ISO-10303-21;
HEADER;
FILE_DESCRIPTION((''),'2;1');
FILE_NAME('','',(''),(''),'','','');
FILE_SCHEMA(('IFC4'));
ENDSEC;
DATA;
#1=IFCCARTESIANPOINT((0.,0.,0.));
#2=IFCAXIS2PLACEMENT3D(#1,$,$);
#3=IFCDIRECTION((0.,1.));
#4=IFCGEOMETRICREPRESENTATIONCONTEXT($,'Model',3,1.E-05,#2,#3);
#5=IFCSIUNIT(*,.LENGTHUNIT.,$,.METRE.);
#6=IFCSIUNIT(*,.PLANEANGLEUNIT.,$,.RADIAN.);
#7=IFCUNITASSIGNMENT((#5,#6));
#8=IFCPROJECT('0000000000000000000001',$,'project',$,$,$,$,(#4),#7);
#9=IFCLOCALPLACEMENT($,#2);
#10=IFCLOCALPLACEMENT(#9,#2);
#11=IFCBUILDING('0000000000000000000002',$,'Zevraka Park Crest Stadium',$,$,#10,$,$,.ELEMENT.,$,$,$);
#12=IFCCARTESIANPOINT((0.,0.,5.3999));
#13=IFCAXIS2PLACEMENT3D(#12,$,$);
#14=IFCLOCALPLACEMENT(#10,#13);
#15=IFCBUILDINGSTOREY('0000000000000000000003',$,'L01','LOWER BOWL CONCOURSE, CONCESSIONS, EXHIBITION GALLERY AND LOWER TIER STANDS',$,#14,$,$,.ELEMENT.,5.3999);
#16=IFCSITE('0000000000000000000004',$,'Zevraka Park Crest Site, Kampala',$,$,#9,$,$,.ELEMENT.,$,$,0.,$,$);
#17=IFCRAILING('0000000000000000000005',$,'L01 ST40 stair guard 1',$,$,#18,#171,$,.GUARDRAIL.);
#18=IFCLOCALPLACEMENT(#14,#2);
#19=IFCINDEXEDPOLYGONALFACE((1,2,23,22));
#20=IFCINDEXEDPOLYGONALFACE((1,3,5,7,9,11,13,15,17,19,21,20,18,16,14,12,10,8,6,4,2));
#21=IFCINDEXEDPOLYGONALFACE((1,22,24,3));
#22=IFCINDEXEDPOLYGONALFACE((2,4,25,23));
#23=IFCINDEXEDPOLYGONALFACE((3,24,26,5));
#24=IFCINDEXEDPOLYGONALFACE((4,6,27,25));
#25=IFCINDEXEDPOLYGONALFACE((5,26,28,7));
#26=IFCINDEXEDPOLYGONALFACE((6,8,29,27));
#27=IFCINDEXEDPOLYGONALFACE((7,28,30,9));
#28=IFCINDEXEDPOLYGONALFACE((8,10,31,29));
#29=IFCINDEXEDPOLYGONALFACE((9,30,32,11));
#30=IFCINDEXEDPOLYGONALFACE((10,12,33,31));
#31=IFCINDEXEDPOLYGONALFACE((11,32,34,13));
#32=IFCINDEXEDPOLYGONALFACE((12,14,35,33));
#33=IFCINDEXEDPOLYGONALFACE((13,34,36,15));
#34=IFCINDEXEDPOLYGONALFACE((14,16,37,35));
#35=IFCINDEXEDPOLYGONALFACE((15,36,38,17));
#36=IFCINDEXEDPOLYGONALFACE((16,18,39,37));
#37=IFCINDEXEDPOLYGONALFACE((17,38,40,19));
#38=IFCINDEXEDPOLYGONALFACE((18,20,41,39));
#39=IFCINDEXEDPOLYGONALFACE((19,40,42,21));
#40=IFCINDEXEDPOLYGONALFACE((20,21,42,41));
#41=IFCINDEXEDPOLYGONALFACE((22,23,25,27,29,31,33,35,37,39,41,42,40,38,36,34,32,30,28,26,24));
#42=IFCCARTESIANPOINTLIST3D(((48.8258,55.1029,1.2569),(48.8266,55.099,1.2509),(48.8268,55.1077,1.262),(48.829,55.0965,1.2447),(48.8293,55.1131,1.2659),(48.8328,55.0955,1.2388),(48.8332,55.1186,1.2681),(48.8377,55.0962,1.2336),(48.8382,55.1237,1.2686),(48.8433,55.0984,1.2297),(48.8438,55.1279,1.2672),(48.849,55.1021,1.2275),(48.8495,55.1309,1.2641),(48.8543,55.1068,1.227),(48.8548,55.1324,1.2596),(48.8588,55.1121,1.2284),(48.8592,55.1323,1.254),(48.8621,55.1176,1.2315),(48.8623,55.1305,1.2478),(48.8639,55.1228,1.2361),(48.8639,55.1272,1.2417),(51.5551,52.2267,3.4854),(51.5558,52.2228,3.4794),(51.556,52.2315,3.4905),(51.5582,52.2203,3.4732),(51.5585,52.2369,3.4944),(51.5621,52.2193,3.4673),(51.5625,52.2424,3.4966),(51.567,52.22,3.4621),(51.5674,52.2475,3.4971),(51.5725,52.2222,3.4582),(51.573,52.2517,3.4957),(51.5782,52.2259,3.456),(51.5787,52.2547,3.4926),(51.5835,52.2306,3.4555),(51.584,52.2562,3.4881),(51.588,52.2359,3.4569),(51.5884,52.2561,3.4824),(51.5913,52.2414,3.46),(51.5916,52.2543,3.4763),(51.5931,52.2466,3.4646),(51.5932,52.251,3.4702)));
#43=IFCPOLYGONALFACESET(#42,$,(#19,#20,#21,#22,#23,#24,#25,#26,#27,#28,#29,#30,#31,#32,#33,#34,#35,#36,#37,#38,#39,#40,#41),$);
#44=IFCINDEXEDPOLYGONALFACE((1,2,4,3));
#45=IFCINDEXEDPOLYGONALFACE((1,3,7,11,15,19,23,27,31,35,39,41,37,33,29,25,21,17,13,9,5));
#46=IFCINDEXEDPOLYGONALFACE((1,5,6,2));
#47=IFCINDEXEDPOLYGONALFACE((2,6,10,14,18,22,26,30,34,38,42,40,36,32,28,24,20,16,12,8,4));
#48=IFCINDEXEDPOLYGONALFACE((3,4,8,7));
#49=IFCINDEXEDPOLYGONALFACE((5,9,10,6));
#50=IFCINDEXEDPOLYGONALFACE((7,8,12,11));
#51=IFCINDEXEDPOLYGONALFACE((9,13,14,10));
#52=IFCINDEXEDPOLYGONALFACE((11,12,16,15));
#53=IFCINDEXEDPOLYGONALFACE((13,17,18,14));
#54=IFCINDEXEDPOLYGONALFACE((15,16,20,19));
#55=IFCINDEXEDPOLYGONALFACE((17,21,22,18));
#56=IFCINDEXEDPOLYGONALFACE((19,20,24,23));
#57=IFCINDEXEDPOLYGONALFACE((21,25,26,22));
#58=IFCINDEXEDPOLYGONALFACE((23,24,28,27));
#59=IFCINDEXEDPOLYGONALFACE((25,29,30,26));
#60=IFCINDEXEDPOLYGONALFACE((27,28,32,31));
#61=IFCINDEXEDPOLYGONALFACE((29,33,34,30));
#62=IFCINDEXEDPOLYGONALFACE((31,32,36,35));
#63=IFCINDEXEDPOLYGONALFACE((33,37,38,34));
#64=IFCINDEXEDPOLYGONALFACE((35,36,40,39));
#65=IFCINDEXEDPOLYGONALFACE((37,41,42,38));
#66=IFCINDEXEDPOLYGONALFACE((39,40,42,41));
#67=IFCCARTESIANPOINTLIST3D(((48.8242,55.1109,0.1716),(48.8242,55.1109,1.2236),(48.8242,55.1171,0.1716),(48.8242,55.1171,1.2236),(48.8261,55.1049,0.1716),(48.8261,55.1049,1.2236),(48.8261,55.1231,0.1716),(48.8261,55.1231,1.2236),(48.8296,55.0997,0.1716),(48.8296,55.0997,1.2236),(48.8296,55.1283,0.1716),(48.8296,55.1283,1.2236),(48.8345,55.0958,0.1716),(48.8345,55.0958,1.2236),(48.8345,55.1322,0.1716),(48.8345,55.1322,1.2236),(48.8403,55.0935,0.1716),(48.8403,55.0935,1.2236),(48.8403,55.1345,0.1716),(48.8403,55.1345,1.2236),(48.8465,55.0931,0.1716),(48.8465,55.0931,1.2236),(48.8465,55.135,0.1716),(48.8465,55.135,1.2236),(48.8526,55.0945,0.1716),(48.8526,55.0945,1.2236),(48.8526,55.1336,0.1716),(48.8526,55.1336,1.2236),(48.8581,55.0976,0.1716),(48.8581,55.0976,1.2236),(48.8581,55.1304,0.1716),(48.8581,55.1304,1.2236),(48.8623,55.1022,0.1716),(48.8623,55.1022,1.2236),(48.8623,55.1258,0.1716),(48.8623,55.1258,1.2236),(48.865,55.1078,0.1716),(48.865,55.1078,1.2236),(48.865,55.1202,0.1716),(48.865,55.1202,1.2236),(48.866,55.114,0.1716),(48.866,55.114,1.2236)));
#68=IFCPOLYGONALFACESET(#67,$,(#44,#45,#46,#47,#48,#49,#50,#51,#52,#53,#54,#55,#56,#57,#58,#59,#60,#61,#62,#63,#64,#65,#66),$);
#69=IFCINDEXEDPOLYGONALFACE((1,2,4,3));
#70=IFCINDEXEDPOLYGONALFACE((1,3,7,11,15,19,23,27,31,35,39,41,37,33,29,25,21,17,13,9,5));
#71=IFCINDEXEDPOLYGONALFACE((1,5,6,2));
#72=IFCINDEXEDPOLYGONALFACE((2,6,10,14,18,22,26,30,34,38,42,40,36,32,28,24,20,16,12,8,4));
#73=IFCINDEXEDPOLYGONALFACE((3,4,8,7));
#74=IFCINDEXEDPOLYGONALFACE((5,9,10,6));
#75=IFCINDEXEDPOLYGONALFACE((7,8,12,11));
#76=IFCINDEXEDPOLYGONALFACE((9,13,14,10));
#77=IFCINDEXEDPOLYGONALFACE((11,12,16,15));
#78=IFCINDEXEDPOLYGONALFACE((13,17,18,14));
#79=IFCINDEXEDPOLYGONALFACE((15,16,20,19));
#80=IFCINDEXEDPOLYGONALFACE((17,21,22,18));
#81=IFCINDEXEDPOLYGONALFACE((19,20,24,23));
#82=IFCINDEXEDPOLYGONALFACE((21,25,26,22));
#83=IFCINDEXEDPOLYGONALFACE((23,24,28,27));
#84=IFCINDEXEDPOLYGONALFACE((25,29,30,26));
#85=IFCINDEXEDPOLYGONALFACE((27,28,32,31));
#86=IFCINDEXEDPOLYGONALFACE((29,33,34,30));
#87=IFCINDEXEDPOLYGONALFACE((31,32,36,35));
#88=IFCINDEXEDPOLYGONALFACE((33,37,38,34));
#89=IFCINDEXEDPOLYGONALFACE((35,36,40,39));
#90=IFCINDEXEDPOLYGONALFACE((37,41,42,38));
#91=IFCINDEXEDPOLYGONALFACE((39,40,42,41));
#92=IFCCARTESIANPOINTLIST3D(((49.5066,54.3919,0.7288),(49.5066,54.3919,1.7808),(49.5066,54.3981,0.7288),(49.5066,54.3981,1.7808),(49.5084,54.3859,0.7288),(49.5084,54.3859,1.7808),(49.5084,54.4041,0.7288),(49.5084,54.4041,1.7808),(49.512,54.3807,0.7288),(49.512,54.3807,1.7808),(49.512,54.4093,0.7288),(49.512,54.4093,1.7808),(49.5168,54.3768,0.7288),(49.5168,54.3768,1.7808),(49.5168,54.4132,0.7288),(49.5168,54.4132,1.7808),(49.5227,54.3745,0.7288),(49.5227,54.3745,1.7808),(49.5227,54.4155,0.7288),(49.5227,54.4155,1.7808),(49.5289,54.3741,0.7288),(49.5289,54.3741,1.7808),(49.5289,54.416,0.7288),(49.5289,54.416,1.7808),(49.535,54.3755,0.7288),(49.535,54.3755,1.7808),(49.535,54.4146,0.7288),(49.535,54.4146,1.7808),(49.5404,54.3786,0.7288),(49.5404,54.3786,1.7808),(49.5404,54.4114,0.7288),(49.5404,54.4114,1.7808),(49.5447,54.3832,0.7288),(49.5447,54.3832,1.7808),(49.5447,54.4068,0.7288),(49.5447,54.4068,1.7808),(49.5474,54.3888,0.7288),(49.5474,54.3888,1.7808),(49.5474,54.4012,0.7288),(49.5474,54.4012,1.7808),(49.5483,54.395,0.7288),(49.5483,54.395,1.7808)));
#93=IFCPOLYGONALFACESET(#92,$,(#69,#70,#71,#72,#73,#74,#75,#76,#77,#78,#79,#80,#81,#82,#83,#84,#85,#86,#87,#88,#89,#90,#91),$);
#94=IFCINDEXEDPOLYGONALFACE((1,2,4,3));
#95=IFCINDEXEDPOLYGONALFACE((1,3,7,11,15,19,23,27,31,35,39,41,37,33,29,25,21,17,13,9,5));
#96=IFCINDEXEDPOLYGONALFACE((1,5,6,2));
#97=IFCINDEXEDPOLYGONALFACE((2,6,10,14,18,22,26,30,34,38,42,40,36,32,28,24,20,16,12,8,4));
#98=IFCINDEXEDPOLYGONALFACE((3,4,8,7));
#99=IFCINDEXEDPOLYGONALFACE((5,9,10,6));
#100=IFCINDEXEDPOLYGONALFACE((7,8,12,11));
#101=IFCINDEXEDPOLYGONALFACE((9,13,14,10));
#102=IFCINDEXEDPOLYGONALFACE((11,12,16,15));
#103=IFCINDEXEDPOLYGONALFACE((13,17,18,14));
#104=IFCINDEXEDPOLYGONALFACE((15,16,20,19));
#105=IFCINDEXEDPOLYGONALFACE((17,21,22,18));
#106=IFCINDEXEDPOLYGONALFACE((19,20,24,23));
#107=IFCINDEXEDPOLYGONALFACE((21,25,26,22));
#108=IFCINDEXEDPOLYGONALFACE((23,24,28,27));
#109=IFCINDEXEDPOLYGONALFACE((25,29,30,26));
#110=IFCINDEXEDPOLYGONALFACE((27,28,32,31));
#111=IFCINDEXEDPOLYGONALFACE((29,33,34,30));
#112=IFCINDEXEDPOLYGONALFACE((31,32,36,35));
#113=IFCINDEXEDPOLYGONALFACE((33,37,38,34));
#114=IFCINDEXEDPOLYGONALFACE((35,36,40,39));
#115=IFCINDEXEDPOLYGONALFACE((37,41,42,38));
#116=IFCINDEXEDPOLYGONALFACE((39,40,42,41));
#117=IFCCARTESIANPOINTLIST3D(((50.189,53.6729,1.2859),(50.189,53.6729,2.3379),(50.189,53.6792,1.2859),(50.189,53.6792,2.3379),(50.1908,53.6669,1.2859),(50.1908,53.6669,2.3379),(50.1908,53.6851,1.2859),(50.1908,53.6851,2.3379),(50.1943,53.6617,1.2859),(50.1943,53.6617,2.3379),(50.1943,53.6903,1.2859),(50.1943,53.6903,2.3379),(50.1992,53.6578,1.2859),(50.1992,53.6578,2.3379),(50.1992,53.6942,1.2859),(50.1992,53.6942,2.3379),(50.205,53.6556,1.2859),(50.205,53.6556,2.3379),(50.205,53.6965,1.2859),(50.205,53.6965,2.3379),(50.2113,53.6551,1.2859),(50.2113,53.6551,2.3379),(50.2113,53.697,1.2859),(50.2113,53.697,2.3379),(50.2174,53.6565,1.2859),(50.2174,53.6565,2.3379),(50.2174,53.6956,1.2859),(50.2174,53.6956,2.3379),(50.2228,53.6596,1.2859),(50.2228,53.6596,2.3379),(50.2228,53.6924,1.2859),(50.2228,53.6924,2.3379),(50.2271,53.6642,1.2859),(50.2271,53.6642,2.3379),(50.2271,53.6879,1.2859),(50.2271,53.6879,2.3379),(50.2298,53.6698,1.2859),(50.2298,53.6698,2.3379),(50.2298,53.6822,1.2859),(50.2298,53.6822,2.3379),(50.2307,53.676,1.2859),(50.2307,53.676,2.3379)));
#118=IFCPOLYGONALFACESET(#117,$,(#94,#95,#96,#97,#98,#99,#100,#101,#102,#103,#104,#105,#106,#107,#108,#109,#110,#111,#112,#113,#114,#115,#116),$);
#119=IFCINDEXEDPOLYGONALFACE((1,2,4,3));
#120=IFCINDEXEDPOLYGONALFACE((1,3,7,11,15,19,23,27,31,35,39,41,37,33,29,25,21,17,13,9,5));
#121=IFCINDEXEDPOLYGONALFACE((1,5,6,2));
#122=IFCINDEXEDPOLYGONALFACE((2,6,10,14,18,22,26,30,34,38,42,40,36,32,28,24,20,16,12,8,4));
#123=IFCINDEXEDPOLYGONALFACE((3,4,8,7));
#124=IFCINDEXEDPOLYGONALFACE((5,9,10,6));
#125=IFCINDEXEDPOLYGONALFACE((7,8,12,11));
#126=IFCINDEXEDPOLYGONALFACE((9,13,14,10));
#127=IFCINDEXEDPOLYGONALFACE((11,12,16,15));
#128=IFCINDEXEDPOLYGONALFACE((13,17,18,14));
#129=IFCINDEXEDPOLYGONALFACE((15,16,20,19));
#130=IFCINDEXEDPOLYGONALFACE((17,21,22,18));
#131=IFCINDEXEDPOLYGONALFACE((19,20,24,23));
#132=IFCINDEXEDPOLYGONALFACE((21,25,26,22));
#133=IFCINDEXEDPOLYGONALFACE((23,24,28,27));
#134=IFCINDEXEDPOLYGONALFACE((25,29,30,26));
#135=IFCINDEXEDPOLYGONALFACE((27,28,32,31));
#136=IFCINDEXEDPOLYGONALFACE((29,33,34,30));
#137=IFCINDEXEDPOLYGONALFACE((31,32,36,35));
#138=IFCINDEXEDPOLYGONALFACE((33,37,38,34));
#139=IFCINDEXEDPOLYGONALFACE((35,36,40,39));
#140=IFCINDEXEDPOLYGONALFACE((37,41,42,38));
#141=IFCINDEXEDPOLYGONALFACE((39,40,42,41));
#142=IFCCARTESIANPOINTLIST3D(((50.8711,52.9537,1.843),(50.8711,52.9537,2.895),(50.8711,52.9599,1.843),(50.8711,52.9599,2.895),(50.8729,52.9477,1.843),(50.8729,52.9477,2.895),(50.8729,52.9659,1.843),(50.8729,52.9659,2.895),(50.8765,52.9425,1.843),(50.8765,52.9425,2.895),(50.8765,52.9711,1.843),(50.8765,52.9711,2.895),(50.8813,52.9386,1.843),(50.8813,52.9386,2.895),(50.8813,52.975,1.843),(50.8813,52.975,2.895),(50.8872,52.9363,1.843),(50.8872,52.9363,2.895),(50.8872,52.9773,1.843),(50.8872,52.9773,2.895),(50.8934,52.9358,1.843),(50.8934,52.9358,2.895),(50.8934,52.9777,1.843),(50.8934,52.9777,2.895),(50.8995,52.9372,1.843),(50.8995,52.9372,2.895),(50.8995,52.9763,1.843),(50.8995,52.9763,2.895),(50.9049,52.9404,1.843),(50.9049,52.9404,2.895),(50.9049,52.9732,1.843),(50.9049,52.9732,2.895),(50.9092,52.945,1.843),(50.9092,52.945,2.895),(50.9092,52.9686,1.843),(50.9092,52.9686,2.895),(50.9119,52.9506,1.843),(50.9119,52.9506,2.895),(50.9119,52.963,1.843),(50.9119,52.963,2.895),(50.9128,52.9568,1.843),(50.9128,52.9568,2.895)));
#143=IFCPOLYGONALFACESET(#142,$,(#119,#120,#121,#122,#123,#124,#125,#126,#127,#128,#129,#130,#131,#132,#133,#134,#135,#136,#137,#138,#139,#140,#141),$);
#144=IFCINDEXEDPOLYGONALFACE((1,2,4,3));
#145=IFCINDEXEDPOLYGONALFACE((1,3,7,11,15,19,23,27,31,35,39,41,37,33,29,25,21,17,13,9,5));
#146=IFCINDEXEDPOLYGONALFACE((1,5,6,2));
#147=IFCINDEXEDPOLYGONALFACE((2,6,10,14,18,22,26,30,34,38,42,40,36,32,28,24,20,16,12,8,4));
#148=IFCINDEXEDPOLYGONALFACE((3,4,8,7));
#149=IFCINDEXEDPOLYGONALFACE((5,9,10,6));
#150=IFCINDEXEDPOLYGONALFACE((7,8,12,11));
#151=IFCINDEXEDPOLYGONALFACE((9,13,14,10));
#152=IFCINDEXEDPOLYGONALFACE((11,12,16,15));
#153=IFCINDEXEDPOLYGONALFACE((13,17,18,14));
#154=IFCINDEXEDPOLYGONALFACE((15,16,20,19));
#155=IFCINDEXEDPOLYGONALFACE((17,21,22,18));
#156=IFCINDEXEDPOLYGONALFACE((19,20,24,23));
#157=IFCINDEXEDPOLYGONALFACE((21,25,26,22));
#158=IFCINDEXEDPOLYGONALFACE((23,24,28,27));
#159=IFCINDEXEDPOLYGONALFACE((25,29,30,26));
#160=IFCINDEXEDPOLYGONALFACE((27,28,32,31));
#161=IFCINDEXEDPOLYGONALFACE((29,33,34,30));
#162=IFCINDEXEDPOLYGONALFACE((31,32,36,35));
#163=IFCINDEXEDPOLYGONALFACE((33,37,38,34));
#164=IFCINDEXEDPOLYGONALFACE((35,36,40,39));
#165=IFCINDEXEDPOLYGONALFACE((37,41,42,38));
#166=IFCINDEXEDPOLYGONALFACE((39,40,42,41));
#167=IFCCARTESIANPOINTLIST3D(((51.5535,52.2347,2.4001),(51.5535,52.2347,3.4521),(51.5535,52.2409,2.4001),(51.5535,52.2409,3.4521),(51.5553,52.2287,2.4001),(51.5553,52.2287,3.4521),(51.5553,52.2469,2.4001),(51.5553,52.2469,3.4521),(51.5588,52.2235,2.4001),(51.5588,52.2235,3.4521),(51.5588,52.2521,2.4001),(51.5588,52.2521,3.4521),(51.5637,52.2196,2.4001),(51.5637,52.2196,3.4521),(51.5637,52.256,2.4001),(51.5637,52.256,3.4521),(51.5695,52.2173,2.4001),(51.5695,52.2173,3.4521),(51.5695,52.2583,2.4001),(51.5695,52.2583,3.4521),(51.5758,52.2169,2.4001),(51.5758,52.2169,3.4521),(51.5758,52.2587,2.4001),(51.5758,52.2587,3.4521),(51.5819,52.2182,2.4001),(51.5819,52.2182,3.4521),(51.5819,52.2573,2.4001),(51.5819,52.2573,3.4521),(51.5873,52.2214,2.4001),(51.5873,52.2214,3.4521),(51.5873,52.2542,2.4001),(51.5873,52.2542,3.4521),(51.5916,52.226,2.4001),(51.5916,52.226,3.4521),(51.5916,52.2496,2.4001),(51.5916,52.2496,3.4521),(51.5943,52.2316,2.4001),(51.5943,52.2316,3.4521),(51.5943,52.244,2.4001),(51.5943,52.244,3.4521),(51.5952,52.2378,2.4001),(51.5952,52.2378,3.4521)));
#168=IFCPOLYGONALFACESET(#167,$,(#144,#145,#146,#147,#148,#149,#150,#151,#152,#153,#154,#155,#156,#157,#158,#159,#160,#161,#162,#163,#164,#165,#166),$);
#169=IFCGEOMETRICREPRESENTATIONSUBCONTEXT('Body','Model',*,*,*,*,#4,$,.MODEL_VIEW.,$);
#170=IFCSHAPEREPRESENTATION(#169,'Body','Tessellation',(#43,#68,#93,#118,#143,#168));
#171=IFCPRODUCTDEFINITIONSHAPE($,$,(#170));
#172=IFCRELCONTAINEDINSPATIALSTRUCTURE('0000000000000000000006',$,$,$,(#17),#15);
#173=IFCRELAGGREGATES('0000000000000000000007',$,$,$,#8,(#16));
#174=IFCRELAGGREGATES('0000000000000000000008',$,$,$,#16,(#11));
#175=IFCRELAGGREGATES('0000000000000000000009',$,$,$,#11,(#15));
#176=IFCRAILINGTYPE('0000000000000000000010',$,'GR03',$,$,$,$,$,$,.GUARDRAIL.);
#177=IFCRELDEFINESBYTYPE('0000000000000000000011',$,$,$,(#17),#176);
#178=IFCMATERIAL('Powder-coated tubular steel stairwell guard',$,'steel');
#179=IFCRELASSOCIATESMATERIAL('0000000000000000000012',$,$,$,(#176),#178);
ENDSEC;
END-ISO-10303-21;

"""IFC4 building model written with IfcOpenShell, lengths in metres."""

from ifc_helpers import new_model, si_unit, direction, frame, origin, origin_2d, place, context, subcontext, project, spatial, circle, extrude, material, type_object, element, save


model = new_model("IFC4")

# Units and contexts
model_context = context("Model", 3, precision=1e-05, world=origin(), true_north=direction((0.0, 1.0)))
body_context = subcontext(model_context, "Body", "Model", "MODEL_VIEW")
ifc_project = project(units=[si_unit("LENGTHUNIT", "METRE"), si_unit("PLANEANGLEUNIT", "RADIAN")], contexts=[model_context])

# Site, building, storey
site_placement = place(None, origin())
site = spatial("IfcSite", under=ifc_project, at=site_placement, Name="Zevraka Park Crest Site, Kampala", CompositionType="ELEMENT", RefElevation=0.0)
building_placement = place(site_placement, origin())
building = spatial("IfcBuilding", under=site, at=building_placement, Name="Zevraka Park Crest Stadium", CompositionType="ELEMENT")
storey_placement = place(building_placement, frame((0.0, 0.0, 5.3999)))
storey = spatial("IfcBuildingStorey", under=building, at=storey_placement, Name="L01", Description="LOWER BOWL CONCOURSE, CONCESSIONS, EXHIBITION GALLERY AND LOWER TIER STANDS", CompositionType="ELEMENT", Elevation=5.3999)

# Railing
ifc_material_1 = material(Name="Powder-coated tubular steel stairwell guard", Category="steel")
railing_type_1 = type_object("IfcRailingType", Name="GR03", PredefinedType="GUARDRAIL", material=ifc_material_1)
railing_1_placement = place(storey_placement, frame((48.845, 55.114, 0.1716)))
element("IfcRailing", 1, at=railing_1_placement, inside=storey, type_object=railing_type_1, Name="L01 ST40 stair guard 1", PredefinedType="GUARDRAIL", context=body_context, shape_type="SweptSolid", body=[
    extrude(circle(Radius=0.0239, at=origin_2d()), frame((0.0, 0.0, 1.0762), z_axis=(0.600049, -0.632362, 0.489959), x_axis=(0.725397, 0.68833, 0.0)), (0.0, 0.0, 1.0), 4.5483),
    extrude(circle(Radius=0.021, at=origin_2d()), origin(), (0.0, 0.0, 1.0), 1.052),
    extrude(circle(Radius=0.021, at=origin_2d()), frame((0.6824, -0.719, 0.5571)), (0.0, 0.0, 1.0), 1.052),
    extrude(circle(Radius=0.021, at=origin_2d()), frame((1.3647, -1.438, 1.1143)), (0.0, 0.0, 1.0), 1.052),
    extrude(circle(Radius=0.021, at=origin_2d()), frame((2.0469, -2.1572, 1.6714)), (0.0, 0.0, 1.0), 1.052),
    extrude(circle(Radius=0.021, at=origin_2d()), frame((2.7292, -2.8762, 2.2285)), (0.0, 0.0, 1.0), 1.052),
])

save(model, "model.ifc")
